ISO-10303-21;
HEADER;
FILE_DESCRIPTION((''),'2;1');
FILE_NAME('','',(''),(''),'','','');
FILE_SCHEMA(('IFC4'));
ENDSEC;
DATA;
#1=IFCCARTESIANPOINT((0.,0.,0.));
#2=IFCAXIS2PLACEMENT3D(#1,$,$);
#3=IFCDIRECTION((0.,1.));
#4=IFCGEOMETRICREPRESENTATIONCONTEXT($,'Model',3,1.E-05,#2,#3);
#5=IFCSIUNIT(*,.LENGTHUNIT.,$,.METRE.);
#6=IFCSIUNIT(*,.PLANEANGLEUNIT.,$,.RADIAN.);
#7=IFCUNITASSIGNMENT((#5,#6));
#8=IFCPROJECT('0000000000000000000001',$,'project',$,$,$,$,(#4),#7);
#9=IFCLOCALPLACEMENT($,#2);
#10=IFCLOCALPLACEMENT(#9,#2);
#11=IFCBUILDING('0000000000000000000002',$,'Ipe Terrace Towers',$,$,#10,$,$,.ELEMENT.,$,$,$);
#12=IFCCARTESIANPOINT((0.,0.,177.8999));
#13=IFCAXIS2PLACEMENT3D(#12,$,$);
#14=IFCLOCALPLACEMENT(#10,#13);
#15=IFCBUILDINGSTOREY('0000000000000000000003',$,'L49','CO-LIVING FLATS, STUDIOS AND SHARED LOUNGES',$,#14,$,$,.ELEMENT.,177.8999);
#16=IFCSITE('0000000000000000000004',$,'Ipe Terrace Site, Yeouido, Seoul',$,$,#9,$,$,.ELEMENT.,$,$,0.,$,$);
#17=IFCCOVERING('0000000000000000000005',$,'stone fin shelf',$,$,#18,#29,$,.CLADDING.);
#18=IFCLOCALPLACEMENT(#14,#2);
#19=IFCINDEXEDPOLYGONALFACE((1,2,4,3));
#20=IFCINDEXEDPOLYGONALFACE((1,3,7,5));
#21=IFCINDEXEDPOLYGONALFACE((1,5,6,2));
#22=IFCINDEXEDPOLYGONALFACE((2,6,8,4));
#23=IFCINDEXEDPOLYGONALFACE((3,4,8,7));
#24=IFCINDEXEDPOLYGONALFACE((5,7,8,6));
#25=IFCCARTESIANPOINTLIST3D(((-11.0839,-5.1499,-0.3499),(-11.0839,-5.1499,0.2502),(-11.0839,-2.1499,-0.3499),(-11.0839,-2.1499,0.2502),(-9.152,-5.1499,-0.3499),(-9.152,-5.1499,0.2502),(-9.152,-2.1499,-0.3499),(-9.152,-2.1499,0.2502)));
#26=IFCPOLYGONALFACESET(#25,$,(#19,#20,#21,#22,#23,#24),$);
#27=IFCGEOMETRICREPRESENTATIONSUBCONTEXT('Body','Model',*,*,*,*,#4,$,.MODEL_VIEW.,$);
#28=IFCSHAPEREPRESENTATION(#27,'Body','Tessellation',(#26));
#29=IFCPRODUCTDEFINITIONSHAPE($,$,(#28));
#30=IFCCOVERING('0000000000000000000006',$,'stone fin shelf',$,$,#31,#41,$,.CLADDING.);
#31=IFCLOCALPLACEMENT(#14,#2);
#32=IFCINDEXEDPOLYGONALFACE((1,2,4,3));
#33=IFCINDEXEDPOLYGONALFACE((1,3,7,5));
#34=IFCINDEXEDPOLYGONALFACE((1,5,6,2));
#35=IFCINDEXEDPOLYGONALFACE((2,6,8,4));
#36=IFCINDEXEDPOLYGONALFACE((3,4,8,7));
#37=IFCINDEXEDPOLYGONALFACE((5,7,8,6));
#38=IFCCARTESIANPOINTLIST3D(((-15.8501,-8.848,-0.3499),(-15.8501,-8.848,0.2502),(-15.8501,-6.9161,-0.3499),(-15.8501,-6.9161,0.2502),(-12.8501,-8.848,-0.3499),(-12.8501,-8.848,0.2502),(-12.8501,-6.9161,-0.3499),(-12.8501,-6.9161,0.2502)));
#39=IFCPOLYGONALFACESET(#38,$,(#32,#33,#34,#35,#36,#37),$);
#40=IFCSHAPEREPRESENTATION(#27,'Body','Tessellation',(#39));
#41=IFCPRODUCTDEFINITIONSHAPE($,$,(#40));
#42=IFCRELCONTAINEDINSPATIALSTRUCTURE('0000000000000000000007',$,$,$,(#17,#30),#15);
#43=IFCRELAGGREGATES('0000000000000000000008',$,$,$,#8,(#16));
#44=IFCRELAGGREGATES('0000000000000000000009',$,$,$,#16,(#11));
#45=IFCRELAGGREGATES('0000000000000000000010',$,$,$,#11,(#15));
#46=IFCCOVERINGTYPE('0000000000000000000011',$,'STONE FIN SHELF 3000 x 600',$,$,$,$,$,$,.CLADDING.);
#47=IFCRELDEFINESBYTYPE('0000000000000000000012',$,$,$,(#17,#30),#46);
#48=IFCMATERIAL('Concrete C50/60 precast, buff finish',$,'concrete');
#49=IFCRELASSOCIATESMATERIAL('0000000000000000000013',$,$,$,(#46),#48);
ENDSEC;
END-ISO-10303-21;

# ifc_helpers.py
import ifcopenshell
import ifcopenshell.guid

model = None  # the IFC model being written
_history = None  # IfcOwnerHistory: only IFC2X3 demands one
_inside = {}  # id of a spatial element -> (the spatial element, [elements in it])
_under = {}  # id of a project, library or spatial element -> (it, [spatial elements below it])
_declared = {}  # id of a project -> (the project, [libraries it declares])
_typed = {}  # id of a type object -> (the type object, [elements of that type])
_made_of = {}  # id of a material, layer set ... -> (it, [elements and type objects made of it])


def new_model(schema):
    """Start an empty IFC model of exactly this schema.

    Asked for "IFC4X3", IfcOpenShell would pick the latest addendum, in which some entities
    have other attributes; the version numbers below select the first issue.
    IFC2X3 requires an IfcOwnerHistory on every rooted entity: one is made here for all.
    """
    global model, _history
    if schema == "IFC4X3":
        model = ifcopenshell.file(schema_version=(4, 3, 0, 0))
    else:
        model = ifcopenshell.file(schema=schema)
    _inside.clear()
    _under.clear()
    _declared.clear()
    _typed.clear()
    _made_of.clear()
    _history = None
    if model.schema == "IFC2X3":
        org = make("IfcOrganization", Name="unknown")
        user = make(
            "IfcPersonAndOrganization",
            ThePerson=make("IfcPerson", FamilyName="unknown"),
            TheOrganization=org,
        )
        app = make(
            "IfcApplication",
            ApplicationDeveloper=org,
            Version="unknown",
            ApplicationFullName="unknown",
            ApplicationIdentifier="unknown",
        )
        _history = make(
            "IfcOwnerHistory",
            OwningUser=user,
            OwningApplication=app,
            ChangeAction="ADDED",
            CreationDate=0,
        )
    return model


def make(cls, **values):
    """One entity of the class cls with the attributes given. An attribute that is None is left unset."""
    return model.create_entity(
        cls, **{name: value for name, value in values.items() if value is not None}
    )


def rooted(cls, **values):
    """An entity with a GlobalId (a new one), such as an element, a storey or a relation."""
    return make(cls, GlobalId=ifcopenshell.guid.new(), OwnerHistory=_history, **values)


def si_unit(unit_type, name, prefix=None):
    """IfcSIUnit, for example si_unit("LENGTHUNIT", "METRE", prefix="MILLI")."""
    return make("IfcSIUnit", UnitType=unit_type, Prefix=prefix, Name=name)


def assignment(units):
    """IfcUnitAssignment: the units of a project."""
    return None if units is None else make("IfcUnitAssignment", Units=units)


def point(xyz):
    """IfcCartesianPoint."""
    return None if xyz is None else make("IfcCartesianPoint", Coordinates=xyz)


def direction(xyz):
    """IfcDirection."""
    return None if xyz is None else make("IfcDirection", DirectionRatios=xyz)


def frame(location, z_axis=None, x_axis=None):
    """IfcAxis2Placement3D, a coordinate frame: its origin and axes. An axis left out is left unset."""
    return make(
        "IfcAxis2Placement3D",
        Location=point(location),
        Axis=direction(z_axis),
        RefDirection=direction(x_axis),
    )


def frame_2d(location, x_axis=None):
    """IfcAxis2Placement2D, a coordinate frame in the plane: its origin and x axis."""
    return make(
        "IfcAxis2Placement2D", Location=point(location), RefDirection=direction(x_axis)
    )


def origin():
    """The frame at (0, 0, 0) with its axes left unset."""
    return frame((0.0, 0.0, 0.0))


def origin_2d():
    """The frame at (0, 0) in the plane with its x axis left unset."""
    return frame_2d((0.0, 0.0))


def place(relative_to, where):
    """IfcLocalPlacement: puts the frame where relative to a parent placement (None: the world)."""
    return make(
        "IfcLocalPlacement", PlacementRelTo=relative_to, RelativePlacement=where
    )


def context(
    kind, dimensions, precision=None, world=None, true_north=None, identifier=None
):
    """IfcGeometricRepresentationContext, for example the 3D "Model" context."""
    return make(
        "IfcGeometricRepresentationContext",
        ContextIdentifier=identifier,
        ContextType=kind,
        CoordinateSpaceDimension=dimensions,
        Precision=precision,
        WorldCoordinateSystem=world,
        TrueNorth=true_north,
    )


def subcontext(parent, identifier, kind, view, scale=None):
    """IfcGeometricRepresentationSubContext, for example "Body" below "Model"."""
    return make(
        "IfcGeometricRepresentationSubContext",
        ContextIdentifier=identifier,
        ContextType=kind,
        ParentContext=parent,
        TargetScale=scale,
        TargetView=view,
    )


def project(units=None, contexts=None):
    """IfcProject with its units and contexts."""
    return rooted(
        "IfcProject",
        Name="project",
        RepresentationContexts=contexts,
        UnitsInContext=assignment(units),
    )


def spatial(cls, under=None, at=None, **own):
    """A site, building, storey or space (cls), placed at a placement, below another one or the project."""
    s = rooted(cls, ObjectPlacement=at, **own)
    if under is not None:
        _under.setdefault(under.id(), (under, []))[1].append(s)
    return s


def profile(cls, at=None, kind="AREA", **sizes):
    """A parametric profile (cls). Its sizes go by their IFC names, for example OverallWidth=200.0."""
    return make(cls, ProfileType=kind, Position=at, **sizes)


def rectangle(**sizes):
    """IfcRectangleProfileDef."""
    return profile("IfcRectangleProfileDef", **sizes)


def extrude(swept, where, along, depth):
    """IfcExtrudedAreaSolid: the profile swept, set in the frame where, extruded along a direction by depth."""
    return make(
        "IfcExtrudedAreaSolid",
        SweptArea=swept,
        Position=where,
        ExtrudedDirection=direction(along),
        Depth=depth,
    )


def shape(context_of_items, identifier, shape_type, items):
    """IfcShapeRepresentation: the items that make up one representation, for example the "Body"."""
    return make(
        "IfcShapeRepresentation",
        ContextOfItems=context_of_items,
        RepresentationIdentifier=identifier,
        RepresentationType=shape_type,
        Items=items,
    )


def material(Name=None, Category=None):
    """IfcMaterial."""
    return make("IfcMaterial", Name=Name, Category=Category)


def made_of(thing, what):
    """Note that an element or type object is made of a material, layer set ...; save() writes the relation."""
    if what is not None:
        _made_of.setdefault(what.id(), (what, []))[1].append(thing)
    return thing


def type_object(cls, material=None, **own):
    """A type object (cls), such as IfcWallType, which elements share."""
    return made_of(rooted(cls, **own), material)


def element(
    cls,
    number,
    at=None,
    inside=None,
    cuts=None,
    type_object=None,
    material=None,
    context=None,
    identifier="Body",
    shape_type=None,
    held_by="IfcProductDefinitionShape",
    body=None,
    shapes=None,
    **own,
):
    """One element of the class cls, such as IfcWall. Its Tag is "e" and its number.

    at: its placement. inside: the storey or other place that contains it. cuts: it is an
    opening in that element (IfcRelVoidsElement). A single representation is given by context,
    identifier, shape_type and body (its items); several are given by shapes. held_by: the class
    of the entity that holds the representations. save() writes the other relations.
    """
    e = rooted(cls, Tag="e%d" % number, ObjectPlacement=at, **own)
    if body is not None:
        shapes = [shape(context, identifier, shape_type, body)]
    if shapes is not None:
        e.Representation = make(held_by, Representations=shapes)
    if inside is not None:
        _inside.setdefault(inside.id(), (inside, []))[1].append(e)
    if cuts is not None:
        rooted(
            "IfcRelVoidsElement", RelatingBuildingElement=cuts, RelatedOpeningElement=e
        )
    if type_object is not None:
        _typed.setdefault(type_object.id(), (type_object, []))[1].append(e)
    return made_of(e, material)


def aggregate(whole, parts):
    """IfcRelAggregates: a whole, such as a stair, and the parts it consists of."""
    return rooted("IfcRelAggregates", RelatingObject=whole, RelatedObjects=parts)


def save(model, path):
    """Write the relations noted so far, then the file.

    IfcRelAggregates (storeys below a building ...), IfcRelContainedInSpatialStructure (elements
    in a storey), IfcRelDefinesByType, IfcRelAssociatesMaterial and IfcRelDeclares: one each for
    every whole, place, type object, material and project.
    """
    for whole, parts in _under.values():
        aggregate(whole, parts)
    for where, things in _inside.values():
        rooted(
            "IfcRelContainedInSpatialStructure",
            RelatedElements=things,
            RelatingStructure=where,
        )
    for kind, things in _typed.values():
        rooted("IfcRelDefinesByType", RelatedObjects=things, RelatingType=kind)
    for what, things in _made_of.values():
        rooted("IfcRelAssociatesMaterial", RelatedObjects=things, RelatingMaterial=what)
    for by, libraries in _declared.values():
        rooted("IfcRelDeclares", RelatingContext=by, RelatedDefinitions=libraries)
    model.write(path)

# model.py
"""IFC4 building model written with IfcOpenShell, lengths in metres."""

from ifc_helpers import new_model, si_unit, direction, frame, origin, origin_2d, place, context, subcontext, project, spatial, rectangle, extrude, material, type_object, element, save


model = new_model("IFC4")

# Units and contexts
model_context = context("Model", 3, precision=1e-05, world=origin(), true_north=direction((0.0, 1.0)))
body_context = subcontext(model_context, "Body", "Model", "MODEL_VIEW")
ifc_project = project(units=[si_unit("LENGTHUNIT", "METRE"), si_unit("PLANEANGLEUNIT", "RADIAN")], contexts=[model_context])

# Site, building, storey
site_placement = place(None, origin())
site = spatial("IfcSite", under=ifc_project, at=site_placement, Name="Ipe Terrace Site, Yeouido, Seoul", CompositionType="ELEMENT", RefElevation=0.0)
building_placement = place(site_placement, origin())
building = spatial("IfcBuilding", under=site, at=building_placement, Name="Ipe Terrace Towers", CompositionType="ELEMENT")
storey_placement = place(building_placement, frame((0.0, 0.0, 177.8999)))
storey = spatial("IfcBuildingStorey", under=building, at=storey_placement, Name="L49", Description="CO-LIVING FLATS, STUDIOS AND SHARED LOUNGES", CompositionType="ELEMENT", Elevation=177.8999)

# Coverings
ifc_material_1 = material(Name="Concrete C50/60 precast, buff finish", Category="concrete")
covering_type_1 = type_object("IfcCoveringType", Name="STONE FIN SHELF 3000 x 600", PredefinedType="CLADDING", material=ifc_material_1)
for number, where, z_axis, x_axis, name in (
    (1, (-10.1179, -3.6499, -0.3499), (0.0, 0.0, 1.0), (0.0, 1.0, 0.0), "stone fin shelf"),
    (2, (-14.3501, -7.8821, -0.3499), (0.0, 0.0, 1.0), (1.0, 0.0, 0.0), "stone fin shelf"),
):
    element("IfcCovering", number, at=place(storey_placement, frame(where, z_axis=z_axis, x_axis=x_axis)), inside=storey, type_object=covering_type_1, Name=name, PredefinedType="CLADDING", context=body_context, shape_type="SweptSolid", body=[
        extrude(rectangle(XDim=3.0, YDim=1.9319, at=origin_2d()), origin(), (0.0, 0.0, 1.0), 0.6001),
    ])

save(model, "model.ifc")
